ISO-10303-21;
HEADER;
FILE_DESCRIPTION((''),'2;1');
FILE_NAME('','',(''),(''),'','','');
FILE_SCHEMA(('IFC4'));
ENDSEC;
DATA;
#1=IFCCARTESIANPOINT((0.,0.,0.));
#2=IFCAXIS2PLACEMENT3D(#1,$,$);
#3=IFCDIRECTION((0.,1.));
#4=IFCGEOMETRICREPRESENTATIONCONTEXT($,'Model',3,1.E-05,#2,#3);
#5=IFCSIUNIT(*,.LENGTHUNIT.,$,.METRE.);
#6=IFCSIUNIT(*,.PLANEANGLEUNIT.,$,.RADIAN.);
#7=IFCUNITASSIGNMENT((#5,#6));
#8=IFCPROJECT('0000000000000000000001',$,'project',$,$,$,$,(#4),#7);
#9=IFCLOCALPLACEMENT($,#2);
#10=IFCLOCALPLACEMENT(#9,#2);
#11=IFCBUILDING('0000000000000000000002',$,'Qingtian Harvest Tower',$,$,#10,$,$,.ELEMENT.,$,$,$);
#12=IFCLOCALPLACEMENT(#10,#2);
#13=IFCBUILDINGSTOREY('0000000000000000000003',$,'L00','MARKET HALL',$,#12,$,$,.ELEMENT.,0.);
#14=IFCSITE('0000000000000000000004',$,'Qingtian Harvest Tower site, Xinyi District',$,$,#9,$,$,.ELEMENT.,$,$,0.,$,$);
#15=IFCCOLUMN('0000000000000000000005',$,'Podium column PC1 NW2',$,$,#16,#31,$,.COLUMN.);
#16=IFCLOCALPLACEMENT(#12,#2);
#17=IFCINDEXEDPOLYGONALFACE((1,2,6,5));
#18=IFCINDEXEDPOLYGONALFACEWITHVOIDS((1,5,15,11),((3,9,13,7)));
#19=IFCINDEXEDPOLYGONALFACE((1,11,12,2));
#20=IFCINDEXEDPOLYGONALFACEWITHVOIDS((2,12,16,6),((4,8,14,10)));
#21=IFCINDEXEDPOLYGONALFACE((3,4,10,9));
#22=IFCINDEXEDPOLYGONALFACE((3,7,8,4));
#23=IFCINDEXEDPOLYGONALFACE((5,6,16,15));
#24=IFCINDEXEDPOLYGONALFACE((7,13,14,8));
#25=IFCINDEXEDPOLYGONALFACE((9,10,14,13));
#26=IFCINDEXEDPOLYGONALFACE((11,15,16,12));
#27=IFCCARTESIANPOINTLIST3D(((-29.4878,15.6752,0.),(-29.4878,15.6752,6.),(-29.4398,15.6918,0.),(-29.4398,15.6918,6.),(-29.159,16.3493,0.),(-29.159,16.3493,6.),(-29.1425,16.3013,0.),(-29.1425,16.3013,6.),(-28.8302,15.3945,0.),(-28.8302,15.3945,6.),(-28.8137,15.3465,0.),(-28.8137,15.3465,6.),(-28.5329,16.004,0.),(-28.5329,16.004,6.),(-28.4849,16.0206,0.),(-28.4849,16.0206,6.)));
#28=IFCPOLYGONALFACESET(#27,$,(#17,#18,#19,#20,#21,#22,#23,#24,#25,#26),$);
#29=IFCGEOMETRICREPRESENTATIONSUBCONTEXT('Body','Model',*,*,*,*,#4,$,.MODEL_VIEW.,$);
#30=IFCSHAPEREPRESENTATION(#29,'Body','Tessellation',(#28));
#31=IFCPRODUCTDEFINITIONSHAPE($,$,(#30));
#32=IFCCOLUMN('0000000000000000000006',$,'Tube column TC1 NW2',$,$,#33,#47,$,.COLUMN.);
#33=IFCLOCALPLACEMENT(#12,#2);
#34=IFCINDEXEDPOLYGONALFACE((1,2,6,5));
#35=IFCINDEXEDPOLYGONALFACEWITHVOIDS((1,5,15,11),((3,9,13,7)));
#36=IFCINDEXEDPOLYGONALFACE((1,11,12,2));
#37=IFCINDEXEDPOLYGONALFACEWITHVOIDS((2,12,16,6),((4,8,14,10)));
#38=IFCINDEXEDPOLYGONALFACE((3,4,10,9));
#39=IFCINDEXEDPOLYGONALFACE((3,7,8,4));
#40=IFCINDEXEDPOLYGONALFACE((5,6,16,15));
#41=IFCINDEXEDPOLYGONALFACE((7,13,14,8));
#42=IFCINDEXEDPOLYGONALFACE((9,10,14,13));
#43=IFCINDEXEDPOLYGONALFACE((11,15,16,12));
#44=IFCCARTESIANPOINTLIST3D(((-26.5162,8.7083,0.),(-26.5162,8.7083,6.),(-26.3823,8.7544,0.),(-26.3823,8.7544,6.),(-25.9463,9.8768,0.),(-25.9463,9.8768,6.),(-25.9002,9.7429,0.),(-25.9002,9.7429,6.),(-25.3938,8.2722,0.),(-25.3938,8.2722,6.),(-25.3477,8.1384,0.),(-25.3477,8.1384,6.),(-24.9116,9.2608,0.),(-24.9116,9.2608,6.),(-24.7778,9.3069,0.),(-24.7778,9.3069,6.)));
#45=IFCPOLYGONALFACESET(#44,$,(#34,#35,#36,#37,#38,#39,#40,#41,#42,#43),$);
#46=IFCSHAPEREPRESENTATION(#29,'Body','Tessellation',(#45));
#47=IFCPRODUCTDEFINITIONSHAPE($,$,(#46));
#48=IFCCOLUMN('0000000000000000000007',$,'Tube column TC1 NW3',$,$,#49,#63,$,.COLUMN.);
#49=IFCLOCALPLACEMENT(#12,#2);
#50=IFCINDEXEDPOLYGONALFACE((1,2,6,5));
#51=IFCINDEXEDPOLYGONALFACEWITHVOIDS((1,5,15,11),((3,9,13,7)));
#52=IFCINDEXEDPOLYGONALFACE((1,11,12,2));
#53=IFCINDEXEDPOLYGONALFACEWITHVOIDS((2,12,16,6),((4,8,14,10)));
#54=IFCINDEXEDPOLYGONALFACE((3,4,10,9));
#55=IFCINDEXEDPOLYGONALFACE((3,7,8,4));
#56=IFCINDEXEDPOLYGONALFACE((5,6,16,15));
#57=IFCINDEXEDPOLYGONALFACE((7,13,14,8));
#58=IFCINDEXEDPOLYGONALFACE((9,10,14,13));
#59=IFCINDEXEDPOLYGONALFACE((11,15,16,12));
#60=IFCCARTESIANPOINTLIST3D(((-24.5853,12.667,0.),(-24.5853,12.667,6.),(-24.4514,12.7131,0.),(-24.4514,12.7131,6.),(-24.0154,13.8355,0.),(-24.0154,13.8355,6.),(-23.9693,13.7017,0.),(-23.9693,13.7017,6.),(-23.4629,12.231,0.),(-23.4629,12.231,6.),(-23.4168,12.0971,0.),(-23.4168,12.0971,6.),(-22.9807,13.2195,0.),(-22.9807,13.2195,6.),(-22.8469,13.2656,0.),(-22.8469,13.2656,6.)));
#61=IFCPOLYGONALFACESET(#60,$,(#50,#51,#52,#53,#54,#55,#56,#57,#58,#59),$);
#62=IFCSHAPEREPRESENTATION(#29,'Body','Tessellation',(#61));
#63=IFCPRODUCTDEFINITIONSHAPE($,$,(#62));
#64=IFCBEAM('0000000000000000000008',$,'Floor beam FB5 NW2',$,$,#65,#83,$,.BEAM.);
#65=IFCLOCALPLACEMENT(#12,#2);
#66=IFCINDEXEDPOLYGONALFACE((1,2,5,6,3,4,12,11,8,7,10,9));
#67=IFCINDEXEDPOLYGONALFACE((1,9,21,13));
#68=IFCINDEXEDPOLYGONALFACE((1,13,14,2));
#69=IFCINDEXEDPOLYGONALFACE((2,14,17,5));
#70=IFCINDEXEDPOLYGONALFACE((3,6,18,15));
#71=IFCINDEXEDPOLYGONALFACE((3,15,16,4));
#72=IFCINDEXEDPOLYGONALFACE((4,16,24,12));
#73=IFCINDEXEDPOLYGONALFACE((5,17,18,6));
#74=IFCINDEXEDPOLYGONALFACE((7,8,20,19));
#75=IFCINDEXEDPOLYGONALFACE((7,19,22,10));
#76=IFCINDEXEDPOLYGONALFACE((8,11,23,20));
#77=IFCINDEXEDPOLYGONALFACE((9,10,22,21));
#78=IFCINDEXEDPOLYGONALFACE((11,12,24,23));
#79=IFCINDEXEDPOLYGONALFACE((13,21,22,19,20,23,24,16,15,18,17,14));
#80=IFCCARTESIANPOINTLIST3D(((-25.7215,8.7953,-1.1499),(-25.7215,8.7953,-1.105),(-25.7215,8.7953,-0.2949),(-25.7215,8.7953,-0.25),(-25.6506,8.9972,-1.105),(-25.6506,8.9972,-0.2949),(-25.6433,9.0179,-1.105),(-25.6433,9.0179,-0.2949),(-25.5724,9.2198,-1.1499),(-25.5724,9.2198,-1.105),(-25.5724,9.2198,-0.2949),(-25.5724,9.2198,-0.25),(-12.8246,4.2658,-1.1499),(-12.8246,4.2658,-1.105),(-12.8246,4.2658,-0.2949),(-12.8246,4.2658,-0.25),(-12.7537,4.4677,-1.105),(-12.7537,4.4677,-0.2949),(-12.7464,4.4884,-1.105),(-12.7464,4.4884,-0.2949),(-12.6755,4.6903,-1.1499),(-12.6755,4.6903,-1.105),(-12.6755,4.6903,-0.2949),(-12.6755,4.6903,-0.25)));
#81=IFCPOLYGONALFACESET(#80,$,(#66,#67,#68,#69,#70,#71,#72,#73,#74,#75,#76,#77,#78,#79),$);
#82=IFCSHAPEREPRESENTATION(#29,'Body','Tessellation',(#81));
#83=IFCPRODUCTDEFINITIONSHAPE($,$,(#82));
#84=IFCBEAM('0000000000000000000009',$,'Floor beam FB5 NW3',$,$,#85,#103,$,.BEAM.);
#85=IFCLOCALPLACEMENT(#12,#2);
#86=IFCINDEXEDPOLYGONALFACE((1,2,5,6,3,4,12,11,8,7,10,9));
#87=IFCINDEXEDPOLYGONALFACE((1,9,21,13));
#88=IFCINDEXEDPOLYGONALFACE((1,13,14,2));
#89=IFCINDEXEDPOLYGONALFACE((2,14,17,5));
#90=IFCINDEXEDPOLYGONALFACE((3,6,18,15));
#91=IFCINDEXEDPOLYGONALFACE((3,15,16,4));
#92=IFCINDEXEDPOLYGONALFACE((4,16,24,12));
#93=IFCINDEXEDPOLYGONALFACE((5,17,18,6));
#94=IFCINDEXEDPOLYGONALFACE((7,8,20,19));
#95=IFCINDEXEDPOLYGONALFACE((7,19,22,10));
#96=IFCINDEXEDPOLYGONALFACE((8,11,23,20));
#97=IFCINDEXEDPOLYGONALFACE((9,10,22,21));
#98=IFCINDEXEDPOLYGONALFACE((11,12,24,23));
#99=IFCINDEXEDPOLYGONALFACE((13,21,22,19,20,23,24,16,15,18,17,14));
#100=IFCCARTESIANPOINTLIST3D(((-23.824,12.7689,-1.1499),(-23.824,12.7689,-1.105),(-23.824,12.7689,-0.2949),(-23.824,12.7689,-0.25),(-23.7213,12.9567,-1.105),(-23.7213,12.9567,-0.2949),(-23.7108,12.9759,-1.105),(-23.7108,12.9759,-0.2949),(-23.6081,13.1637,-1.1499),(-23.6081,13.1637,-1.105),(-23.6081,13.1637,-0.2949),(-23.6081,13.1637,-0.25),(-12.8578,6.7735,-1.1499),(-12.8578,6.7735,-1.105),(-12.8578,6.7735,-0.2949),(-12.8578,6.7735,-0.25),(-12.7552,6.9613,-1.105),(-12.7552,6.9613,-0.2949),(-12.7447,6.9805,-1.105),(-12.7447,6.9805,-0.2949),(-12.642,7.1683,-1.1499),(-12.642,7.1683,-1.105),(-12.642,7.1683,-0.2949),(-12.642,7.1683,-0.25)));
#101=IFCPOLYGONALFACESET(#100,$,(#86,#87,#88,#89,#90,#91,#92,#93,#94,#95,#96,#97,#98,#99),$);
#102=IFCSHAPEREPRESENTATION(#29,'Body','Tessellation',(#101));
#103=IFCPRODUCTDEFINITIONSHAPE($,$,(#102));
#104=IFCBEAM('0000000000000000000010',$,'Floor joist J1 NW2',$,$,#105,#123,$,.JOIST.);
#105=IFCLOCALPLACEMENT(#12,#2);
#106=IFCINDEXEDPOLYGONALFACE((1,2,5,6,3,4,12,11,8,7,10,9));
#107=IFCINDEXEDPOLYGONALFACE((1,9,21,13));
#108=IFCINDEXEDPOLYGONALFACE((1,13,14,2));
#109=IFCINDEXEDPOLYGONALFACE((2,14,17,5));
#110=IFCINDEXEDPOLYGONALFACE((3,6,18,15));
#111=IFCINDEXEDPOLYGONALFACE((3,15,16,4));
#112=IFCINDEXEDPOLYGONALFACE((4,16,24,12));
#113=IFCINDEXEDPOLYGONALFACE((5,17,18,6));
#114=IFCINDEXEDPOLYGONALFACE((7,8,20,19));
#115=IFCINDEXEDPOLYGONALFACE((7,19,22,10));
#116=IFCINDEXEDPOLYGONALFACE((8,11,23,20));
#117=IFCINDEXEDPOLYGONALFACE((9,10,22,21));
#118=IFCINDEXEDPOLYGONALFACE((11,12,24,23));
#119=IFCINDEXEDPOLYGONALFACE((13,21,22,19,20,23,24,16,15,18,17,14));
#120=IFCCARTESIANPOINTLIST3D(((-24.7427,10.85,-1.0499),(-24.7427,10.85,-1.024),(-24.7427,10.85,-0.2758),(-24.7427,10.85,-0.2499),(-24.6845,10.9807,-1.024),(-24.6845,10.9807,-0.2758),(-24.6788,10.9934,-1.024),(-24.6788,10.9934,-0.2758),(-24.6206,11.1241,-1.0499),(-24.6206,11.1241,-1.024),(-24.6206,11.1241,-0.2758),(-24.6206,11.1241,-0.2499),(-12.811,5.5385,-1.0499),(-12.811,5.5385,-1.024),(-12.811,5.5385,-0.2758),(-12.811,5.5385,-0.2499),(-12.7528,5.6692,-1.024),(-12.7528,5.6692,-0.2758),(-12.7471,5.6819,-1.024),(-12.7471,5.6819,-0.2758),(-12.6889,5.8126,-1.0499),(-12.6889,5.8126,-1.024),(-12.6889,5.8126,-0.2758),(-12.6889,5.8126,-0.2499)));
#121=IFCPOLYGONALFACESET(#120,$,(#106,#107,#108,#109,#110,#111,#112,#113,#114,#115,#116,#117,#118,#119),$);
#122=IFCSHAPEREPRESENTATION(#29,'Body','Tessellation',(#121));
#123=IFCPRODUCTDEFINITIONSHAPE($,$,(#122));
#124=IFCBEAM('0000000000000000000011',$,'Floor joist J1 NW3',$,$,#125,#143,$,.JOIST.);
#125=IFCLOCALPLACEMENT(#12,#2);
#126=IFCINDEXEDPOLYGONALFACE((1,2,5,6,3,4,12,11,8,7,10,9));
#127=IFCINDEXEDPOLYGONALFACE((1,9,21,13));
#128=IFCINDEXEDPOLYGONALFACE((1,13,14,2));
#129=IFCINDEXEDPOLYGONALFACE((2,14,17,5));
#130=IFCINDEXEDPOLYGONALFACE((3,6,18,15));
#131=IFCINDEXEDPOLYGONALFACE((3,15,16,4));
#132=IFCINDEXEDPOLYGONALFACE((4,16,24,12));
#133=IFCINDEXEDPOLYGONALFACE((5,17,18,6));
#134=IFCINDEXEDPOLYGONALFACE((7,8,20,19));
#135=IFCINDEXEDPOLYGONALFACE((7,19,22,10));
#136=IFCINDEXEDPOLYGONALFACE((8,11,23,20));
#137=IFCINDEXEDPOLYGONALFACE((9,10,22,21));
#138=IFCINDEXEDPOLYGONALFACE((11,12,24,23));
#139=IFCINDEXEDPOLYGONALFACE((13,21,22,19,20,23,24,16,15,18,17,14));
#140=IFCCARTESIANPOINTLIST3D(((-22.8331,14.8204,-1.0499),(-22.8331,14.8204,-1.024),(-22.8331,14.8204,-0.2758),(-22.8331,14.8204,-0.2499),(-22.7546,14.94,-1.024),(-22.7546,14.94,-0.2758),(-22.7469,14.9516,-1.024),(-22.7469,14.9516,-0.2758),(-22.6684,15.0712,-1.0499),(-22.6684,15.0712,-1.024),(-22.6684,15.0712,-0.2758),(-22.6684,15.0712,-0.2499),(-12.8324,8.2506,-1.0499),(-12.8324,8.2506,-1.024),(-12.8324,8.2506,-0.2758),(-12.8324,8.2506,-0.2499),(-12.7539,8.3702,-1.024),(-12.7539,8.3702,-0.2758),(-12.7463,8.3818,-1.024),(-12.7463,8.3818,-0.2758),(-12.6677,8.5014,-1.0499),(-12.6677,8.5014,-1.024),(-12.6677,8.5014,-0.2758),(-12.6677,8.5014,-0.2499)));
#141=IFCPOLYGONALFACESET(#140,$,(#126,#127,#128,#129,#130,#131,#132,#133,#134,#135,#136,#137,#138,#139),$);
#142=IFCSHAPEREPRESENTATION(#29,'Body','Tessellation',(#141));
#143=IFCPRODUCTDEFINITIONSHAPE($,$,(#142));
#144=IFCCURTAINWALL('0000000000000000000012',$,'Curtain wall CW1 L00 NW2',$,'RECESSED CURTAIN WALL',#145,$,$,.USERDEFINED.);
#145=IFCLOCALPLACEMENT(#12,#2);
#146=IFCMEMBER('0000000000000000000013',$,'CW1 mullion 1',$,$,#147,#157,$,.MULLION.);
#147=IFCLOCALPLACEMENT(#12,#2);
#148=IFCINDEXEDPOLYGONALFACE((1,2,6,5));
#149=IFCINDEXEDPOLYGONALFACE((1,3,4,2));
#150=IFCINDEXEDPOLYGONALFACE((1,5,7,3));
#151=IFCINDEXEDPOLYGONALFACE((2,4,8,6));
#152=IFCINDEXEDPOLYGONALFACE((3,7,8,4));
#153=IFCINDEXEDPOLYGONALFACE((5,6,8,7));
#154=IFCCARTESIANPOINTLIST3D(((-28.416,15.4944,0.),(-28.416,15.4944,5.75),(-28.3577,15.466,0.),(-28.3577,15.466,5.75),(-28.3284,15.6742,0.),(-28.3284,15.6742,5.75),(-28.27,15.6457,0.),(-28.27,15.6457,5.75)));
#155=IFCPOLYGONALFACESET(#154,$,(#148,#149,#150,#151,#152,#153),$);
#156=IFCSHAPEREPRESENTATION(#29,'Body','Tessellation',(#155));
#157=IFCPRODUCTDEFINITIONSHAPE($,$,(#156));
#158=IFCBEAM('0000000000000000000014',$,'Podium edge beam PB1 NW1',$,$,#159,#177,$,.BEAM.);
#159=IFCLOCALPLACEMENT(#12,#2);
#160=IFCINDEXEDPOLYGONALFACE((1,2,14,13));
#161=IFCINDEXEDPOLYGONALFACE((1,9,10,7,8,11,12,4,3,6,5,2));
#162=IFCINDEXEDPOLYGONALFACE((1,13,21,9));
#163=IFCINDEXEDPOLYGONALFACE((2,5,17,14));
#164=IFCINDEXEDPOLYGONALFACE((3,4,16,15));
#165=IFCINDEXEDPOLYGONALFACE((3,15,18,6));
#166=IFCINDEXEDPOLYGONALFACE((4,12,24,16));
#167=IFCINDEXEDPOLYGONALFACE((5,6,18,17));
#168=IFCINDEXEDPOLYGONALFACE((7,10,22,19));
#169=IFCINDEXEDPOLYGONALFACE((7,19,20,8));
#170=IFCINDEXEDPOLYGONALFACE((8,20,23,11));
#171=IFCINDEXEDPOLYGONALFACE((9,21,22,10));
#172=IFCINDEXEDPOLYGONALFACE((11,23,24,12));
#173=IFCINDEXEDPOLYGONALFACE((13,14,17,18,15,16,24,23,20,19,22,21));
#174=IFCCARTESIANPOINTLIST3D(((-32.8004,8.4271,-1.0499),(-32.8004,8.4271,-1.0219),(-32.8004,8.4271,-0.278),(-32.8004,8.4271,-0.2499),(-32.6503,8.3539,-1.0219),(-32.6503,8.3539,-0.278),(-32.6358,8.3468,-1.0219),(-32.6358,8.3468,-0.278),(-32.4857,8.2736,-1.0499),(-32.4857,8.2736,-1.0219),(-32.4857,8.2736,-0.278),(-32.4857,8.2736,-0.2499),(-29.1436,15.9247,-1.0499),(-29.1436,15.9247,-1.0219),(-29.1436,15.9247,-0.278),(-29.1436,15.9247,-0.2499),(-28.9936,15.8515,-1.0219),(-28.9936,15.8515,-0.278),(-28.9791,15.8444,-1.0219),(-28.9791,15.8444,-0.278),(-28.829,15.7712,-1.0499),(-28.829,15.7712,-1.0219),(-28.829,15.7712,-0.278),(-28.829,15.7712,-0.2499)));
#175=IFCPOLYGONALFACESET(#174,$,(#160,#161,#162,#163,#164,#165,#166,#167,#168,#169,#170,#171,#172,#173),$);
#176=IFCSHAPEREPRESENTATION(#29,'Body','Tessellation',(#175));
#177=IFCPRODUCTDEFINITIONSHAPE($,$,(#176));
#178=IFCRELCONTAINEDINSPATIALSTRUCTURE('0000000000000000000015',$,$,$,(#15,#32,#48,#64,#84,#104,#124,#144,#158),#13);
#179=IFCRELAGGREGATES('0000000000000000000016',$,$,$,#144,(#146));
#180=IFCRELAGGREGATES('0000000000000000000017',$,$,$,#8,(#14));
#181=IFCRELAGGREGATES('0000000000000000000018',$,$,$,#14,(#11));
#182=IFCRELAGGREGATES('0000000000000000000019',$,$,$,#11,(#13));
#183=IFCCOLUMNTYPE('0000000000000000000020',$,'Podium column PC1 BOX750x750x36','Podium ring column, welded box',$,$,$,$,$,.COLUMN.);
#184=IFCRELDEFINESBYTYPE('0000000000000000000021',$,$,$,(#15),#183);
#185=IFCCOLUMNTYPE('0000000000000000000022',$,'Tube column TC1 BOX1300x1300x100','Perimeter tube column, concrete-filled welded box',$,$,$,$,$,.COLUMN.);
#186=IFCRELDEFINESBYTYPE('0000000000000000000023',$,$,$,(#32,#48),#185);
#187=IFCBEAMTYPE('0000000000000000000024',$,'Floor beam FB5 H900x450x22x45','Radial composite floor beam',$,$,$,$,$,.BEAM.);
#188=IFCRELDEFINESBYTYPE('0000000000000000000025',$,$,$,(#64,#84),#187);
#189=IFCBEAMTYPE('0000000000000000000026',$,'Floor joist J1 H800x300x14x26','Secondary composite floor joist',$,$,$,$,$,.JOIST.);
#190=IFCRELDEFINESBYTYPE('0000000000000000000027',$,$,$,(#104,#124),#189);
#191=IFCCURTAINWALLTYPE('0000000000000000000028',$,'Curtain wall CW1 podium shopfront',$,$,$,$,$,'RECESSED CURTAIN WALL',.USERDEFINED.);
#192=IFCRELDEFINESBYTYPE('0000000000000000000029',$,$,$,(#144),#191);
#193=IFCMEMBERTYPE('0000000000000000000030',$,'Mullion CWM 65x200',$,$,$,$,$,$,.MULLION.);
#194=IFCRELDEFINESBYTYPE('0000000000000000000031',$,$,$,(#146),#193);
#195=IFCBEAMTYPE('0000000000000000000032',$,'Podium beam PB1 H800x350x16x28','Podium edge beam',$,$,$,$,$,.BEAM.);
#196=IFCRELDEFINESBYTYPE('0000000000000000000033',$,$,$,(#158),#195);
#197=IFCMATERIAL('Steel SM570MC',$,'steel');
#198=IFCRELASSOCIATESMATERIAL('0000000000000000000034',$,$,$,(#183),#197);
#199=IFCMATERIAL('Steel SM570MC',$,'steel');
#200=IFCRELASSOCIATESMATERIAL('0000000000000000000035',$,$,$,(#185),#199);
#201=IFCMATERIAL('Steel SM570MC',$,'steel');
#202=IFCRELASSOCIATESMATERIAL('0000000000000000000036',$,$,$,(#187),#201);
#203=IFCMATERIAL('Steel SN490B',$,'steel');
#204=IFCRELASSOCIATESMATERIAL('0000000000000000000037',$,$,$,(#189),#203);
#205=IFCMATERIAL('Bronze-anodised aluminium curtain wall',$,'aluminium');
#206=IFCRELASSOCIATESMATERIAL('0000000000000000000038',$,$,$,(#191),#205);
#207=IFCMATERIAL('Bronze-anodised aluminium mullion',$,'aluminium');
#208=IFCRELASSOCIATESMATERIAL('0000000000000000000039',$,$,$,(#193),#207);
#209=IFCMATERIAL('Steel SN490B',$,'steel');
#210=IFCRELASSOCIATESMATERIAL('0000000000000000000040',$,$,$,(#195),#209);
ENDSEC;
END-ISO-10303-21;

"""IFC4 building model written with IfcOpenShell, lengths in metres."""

from ifc_helpers import new_model, si_unit, direction, frame, origin, origin_2d, place, context, subcontext, project, spatial, rectangle, hollow_rectangle, i_section, extrude, material, material_profile, profile_set, type_object, element, aggregate, save


model = new_model("IFC4")

# Units and contexts
model_context = context("Model", 3, precision=1e-05, world=origin(), true_north=direction((0.0, 1.0)))
body_context = subcontext(model_context, "Body", "Model", "MODEL_VIEW")
ifc_project = project(units=[si_unit("LENGTHUNIT", "METRE"), si_unit("PLANEANGLEUNIT", "RADIAN")], contexts=[model_context])

# Site, building, storey
site_placement = place(None, origin())
site = spatial("IfcSite", under=ifc_project, at=site_placement, Name="Qingtian Harvest Tower site, Xinyi District", CompositionType="ELEMENT", RefElevation=0.0)
building_placement = place(site_placement, origin())
building = spatial("IfcBuilding", under=site, at=building_placement, Name="Qingtian Harvest Tower", CompositionType="ELEMENT")
storey_placement = place(building_placement, origin())
storey = spatial("IfcBuildingStorey", under=building, at=storey_placement, Name="L00", Description="MARKET HALL", CompositionType="ELEMENT", Elevation=0.0)

# Columns
ifc_material_1 = material(Name="Steel SM570MC", Category="steel")
ifc_material_profile_1 = material_profile(ifc_material_1, hollow_rectangle(XDim=0.75, YDim=0.75, WallThickness=0.0359, at=origin_2d()), Name="BOX750x750x36")
ifc_profile_set_1 = profile_set([ifc_material_profile_1], Name="Steel SM570MC")
column_type_1 = type_object("IfcColumnType", Name="Podium column PC1 BOX750x750x36", Description="Podium ring column, welded box", PredefinedType="COLUMN", material=ifc_profile_set_1)
column_placement = place(storey_placement, frame((-28.9863, 15.8479, 0.0), z_axis=(0.0, 0.0, 1.0), x_axis=(-0.438371, -0.898794, 0.0)))
element("IfcColumn", 1, at=column_placement, inside=storey, type_object=column_type_1, Name="Podium column PC1 NW2", PredefinedType="COLUMN", context=body_context, shape_type="SweptSolid", body=[
    extrude(hollow_rectangle(XDim=0.75, YDim=0.75, WallThickness=0.0359, at=origin_2d()), origin(), (0.0, 0.0, 1.0), 6.0),
])
ifc_material_2 = material(Name="Steel SM570MC", Category="steel")
ifc_material_profile_2 = material_profile(ifc_material_2, hollow_rectangle(XDim=1.3, YDim=1.3, WallThickness=0.1001, at=origin_2d()), Name="BOX1300x1300x100")
ifc_profile_set_2 = profile_set([ifc_material_profile_2], Name="Steel SM570MC")
column_type_2 = type_object("IfcColumnType", Name="Tube column TC1 BOX1300x1300x100", Description="Perimeter tube column, concrete-filled welded box", PredefinedType="COLUMN", material=ifc_profile_set_2)
for number, where, z_axis, x_axis, name in (
    (2, (-25.647, 9.0076, 0.0), (0.0, 0.0, 1.0), (-0.438371, -0.898794, 0.0), "Tube column TC1 NW2"),
    (3, (-23.7161, 12.9663, 0.0), (0.0, 0.0, 1.0), (-0.438371, -0.898794, 0.0), "Tube column TC1 NW3"),
):
    element("IfcColumn", number, at=place(storey_placement, frame(where, z_axis=z_axis, x_axis=x_axis)), inside=storey, type_object=column_type_2, Name=name, PredefinedType="COLUMN", context=body_context, shape_type="SweptSolid", body=[
        extrude(hollow_rectangle(XDim=1.3, YDim=1.3, WallThickness=0.1001, at=origin_2d()), origin(), (0.0, 0.0, 1.0), 6.0),
    ])

# Beams
ifc_material_3 = material(Name="Steel SM570MC", Category="steel")
ifc_material_profile_3 = material_profile(ifc_material_3, i_section(OverallWidth=0.45, OverallDepth=0.8999, WebThickness=0.022, FlangeThickness=0.0449, at=origin_2d()), Name="H900x450x22x45")
ifc_profile_set_3 = profile_set([ifc_material_profile_3], Name="Steel SM570MC")
beam_type_1 = type_object("IfcBeamType", Name="Floor beam FB5 H900x450x22x45", Description="Radial composite floor beam", PredefinedType="BEAM", material=ifc_profile_set_3)
beam_1_placement = place(storey_placement, frame((-25.647, 9.0076, -0.7), z_axis=(0.943502, -0.331367, 0.0), x_axis=(0.331367, 0.943502, 0.0)))
element("IfcBeam", 4, at=beam_1_placement, inside=storey, type_object=beam_type_1, Name="Floor beam FB5 NW2", PredefinedType="BEAM", context=body_context, shape_type="SweptSolid", body=[
    extrude(i_section(OverallWidth=0.45, OverallDepth=0.8999, WebThickness=0.022, FlangeThickness=0.0449, at=origin_2d()), origin(), (0.0, 0.0, 1.0), 13.6692),
])
beam_2_placement = place(storey_placement, frame((-23.7161, 12.9663, -0.7), z_axis=(0.877429, -0.479707, 0.0), x_axis=(0.479707, 0.877429, 0.0)))
element("IfcBeam", 5, at=beam_2_placement, inside=storey, type_object=beam_type_1, Name="Floor beam FB5 NW3", PredefinedType="BEAM", context=body_context, shape_type="SweptSolid", body=[
    extrude(i_section(OverallWidth=0.45, OverallDepth=0.8999, WebThickness=0.022, FlangeThickness=0.0449, at=origin_2d()), origin(), (0.0, 0.0, 1.0), 12.498),
])
ifc_material_4 = material(Name="Steel SN490B", Category="steel")
ifc_material_profile_4 = material_profile(ifc_material_4, i_section(OverallWidth=0.3, OverallDepth=0.8, WebThickness=0.0139, FlangeThickness=0.0259, at=origin_2d()), Name="H800x300x14x26")
ifc_profile_set_4 = profile_set([ifc_material_profile_4], Name="Steel SN490B")
beam_type_2 = type_object("IfcBeamType", Name="Floor joist J1 H800x300x14x26", Description="Secondary composite floor joist", PredefinedType="JOIST", material=ifc_profile_set_4)
beam_3_placement = place(storey_placement, frame((-24.6816, 10.9871, -0.6499), z_axis=(0.913568, -0.406686, 0.0), x_axis=(0.406686, 0.913568, 0.0)))
element("IfcBeam", 6, at=beam_3_placement, inside=storey, type_object=beam_type_2, Name="Floor joist J1 NW2", PredefinedType="JOIST", context=body_context, shape_type="SweptSolid", body=[
    extrude(i_section(OverallWidth=0.3, OverallDepth=0.8, WebThickness=0.0139, FlangeThickness=0.0259, at=origin_2d()), origin(), (0.0, 0.0, 1.0), 13.0605),
])
beam_4_placement = place(storey_placement, frame((-22.7507, 14.9458, -0.6499), z_axis=(0.835785, -0.549056, 0.0), x_axis=(0.549056, 0.835785, 0.0)))
element("IfcBeam", 7, at=beam_4_placement, inside=storey, type_object=beam_type_2, Name="Floor joist J1 NW3", PredefinedType="JOIST", context=body_context, shape_type="SweptSolid", body=[
    extrude(i_section(OverallWidth=0.3, OverallDepth=0.8, WebThickness=0.0139, FlangeThickness=0.0259, at=origin_2d()), origin(), (0.0, 0.0, 1.0), 11.9656),
])

# Curtain wall, member
ifc_material_5 = material(Name="Bronze-anodised aluminium curtain wall", Category="aluminium")
curtain_wall_type = type_object("IfcCurtainWallType", Name="Curtain wall CW1 podium shopfront", ElementType="RECESSED CURTAIN WALL", PredefinedType="USERDEFINED", material=ifc_material_5)
curtain_wall_placement = place(storey_placement, origin())
curtain_wall = element("IfcCurtainWall", 8, at=curtain_wall_placement, inside=storey, type_object=curtain_wall_type, Name="Curtain wall CW1 L00 NW2", ObjectType="RECESSED CURTAIN WALL", PredefinedType="USERDEFINED")
ifc_material_6 = material(Name="Bronze-anodised aluminium mullion", Category="aluminium")
ifc_material_profile_5 = material_profile(ifc_material_6, rectangle(XDim=0.0649, YDim=0.2, at=origin_2d()), Name="AL 65x200")
ifc_profile_set_5 = profile_set([ifc_material_profile_5], Name="Bronze-anodised aluminium mullion")
member_type_1 = type_object("IfcMemberType", Name="Mullion CWM 65x200", PredefinedType="MULLION", material=ifc_profile_set_5)
member_1_placement = place(storey_placement, frame((-28.343, 15.5701, 0.0), z_axis=(0.0, 0.0, 1.0), x_axis=(-0.898794, 0.438371, 0.0)))
member_1 = element("IfcMember", 9, at=member_1_placement, type_object=member_type_1, Name="CW1 mullion 1", PredefinedType="MULLION", context=body_context, shape_type="SweptSolid", body=[
    extrude(rectangle(XDim=0.0649, YDim=0.2, at=origin_2d()), origin(), (0.0, 0.0, 1.0), 5.75),
])

# Beam
ifc_material_7 = material(Name="Steel SN490B", Category="steel")
ifc_material_profile_6 = material_profile(ifc_material_7, i_section(OverallWidth=0.3501, OverallDepth=0.8, WebThickness=0.0161, FlangeThickness=0.0281, at=origin_2d()), Name="H800x350x16x28")
ifc_profile_set_6 = profile_set([ifc_material_profile_6], Name="Steel SN490B")
beam_type_3 = type_object("IfcBeamType", Name="Podium beam PB1 H800x350x16x28", Description="Podium edge beam", PredefinedType="BEAM", material=ifc_profile_set_6)
for number, where, z_axis, x_axis, name in (
    (10, (-32.6431, 8.3503, -0.6499), (0.438365, 0.898797, 0.0), (-0.898797, 0.438365, 0.0), "Podium edge beam PB1 NW1"),
):
    element("IfcBeam", number, at=place(storey_placement, frame(where, z_axis=z_axis, x_axis=x_axis)), inside=storey, type_object=beam_type_3, Name=name, PredefinedType="BEAM", context=body_context, shape_type="SweptSolid", body=[
        extrude(i_section(OverallWidth=0.3501, OverallDepth=0.8, WebThickness=0.0161, FlangeThickness=0.0281, at=origin_2d()), origin(), (0.0, 0.0, 1.0), 8.3418),
    ])

aggregate(curtain_wall, [member_1])

save(model, "model.ifc")
